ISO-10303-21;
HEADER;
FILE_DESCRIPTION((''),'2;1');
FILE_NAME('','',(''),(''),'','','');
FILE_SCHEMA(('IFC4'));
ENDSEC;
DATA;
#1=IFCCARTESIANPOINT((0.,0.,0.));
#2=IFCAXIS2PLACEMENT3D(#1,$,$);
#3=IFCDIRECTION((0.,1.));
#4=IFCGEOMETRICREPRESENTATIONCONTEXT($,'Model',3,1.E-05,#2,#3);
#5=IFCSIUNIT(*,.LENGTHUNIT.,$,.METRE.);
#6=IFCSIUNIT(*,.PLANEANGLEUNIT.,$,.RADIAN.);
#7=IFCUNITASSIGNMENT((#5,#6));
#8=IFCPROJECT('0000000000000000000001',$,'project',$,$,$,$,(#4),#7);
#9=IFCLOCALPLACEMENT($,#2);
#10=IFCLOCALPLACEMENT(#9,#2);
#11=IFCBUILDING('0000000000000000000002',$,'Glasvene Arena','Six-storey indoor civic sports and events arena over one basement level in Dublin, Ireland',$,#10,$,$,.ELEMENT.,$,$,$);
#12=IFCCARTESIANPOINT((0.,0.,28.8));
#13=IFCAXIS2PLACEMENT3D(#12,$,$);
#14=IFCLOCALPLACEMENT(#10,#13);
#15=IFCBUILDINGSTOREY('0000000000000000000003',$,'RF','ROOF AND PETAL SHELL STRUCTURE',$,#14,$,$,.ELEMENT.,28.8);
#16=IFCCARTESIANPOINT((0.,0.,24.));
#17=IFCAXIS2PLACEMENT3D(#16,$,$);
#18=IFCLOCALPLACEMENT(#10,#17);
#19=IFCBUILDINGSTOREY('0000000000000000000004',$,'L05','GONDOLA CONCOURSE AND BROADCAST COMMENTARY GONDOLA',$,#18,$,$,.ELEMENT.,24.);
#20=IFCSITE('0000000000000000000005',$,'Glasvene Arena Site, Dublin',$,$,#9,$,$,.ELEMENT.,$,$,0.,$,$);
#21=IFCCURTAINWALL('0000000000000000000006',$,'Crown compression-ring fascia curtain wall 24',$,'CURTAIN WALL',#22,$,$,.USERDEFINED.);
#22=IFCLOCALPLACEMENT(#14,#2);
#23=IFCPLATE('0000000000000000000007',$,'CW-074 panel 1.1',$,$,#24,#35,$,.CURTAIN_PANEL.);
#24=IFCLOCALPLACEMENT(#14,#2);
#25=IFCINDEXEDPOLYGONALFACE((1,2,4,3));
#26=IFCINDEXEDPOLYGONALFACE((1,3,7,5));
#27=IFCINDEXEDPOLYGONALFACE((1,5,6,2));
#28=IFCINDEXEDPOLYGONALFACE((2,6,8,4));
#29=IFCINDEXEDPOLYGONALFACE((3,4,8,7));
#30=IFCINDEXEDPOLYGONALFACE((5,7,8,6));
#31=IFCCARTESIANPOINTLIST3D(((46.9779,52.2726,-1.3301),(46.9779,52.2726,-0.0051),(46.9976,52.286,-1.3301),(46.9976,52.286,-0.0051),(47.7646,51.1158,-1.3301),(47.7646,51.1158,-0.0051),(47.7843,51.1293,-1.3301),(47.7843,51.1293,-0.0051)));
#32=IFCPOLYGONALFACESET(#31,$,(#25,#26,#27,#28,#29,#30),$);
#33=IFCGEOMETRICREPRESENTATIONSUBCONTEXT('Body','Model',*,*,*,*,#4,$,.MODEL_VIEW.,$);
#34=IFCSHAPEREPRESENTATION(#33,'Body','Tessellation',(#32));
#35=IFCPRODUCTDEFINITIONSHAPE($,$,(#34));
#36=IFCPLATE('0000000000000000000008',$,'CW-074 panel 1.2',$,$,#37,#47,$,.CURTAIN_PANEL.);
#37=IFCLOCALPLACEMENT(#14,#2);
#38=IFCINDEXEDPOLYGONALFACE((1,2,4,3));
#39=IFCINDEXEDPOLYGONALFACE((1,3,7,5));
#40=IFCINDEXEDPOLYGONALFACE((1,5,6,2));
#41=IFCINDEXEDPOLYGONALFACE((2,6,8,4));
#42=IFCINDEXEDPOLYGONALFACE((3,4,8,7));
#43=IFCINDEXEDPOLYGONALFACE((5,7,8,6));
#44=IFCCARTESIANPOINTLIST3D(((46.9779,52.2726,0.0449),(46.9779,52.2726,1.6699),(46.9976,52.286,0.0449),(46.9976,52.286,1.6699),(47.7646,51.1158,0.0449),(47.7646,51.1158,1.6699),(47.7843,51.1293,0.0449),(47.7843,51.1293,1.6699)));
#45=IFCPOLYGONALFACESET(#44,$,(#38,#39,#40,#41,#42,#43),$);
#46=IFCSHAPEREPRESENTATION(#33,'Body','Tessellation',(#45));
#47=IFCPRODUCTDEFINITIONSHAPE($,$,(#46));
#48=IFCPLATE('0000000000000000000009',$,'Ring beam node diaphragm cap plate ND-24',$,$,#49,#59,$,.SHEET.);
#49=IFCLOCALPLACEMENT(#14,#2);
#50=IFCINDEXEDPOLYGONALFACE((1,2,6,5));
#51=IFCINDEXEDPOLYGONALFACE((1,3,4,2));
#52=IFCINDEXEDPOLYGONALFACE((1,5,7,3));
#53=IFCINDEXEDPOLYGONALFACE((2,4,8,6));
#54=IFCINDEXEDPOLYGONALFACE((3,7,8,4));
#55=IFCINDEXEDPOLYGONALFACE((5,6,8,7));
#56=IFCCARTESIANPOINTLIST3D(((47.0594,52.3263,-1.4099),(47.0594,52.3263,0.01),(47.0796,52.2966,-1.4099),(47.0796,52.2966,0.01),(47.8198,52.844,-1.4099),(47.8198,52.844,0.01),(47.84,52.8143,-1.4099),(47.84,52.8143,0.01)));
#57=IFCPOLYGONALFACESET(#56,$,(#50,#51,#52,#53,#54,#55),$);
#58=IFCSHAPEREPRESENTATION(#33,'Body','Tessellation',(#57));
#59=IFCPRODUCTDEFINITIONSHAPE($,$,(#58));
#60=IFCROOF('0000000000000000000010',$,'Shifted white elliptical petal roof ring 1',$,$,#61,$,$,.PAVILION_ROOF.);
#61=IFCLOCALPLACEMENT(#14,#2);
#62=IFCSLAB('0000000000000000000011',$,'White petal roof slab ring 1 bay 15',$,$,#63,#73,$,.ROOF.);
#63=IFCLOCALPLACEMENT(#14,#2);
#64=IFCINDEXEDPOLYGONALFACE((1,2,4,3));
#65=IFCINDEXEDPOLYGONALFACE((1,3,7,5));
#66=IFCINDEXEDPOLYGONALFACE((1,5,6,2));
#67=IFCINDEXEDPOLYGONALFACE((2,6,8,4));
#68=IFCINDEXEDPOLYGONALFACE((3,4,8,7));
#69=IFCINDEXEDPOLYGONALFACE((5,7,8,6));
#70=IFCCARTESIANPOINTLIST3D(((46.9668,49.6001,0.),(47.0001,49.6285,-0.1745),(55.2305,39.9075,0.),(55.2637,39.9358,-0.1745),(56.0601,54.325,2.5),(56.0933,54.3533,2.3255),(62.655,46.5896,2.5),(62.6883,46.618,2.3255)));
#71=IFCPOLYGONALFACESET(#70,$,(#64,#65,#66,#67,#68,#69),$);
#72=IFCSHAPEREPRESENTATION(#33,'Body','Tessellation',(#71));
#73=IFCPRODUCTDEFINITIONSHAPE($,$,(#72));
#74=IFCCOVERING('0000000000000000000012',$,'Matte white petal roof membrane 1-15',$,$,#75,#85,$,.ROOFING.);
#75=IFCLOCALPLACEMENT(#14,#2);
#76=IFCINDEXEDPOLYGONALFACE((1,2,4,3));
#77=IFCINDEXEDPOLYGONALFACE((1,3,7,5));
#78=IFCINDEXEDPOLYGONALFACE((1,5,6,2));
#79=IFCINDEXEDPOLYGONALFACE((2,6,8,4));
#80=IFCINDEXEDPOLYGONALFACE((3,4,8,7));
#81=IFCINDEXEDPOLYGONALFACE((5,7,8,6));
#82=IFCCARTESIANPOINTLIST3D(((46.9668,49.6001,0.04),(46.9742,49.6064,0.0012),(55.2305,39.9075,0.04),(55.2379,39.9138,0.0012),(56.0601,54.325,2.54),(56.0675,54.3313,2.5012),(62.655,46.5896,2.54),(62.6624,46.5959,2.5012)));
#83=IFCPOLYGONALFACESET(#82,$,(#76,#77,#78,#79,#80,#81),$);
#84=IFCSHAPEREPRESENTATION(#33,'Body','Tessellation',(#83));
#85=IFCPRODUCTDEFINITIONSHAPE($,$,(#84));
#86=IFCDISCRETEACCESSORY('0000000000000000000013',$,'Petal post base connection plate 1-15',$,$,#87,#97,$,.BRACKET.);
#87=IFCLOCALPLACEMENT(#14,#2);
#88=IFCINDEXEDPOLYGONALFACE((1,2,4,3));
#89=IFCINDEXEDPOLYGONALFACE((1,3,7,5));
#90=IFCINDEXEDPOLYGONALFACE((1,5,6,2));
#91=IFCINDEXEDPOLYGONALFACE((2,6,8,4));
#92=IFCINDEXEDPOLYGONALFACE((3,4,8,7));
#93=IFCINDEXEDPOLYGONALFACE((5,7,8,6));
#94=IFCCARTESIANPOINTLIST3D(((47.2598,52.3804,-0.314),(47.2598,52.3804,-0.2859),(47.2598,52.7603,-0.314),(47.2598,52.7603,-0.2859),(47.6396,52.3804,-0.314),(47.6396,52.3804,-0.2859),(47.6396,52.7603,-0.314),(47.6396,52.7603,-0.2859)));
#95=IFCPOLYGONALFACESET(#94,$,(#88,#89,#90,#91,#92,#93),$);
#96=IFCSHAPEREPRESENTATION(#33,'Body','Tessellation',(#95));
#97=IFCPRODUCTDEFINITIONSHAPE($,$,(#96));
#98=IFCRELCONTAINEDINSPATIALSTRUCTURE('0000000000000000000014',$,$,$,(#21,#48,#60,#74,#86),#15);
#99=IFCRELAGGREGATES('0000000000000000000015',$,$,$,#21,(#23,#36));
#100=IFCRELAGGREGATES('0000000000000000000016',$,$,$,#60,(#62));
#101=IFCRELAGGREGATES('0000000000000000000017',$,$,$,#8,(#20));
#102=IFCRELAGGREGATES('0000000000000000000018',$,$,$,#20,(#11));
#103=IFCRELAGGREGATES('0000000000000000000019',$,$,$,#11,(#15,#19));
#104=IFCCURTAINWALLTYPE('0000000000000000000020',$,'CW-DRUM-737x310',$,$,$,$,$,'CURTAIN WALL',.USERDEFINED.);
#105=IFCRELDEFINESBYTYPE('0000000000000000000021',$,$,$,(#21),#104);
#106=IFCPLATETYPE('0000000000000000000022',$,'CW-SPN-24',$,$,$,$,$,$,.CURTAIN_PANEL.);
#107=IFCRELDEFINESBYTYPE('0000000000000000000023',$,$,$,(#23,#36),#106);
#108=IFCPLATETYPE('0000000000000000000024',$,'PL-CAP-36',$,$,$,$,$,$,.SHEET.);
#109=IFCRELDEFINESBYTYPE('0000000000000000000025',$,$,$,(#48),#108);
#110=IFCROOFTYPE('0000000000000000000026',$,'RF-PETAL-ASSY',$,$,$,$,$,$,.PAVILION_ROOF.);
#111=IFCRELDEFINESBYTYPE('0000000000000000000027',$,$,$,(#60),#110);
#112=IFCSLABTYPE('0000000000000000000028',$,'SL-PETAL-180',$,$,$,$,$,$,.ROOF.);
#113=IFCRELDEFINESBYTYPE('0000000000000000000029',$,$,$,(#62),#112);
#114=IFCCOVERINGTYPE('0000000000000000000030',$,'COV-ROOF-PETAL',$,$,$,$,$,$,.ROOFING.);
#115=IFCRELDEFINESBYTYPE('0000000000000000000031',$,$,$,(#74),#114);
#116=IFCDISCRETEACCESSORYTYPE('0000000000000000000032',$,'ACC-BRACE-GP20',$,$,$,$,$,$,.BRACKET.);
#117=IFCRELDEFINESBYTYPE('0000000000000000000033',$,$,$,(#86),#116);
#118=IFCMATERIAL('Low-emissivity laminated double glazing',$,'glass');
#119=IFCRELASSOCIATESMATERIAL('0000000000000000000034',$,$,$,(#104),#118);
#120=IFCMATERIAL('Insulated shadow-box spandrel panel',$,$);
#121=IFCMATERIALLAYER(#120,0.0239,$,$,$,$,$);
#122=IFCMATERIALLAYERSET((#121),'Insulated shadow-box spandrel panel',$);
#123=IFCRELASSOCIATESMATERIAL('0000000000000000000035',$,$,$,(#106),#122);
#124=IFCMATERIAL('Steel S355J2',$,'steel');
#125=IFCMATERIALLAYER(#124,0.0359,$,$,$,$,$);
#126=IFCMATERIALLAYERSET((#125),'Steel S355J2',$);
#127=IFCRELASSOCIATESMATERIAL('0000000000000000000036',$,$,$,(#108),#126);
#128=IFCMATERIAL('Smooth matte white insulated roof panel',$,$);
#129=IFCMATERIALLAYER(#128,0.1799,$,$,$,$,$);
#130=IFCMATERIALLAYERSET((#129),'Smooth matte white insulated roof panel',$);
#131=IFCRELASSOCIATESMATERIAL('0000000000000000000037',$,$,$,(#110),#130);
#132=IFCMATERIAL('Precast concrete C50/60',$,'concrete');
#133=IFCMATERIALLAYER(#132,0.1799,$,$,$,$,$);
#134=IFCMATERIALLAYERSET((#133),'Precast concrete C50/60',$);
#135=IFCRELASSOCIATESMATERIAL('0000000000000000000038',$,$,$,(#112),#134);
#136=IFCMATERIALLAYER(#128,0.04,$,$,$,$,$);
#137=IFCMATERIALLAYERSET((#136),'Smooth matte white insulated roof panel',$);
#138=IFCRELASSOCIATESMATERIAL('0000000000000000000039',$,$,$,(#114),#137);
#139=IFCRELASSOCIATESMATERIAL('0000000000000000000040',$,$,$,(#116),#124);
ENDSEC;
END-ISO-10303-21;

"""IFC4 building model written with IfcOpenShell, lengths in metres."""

from ifc_helpers import new_model, si_unit, direction, frame, origin, origin_2d, place, context, subcontext, project, spatial, polyline, rectangle, outline, extrude, material, layer, layer_set, type_object, element, aggregate, save


model = new_model("IFC4")

# Units and contexts
model_context = context("Model", 3, precision=1e-05, world=origin(), true_north=direction((0.0, 1.0)))
body_context = subcontext(model_context, "Body", "Model", "MODEL_VIEW")
ifc_project = project(units=[si_unit("LENGTHUNIT", "METRE"), si_unit("PLANEANGLEUNIT", "RADIAN")], contexts=[model_context])

# Site, building, storey
site_placement = place(None, origin())
site = spatial("IfcSite", under=ifc_project, at=site_placement, Name="Glasvene Arena Site, Dublin", CompositionType="ELEMENT", RefElevation=0.0)
building_placement = place(site_placement, origin())
building = spatial("IfcBuilding", under=site, at=building_placement, Name="Glasvene Arena", Description="Six-storey indoor civic sports and events arena over one basement level in Dublin, Ireland", CompositionType="ELEMENT")
storey_1_placement = place(building_placement, frame((0.0, 0.0, 28.8)))
storey_1 = spatial("IfcBuildingStorey", under=building, at=storey_1_placement, Name="RF", Description="ROOF AND PETAL SHELL STRUCTURE", CompositionType="ELEMENT", Elevation=28.8)

# Shared definitions
ifc_material_1 = material(Name="Steel S355J2", Category="steel")

# Curtain wall
ifc_material_2 = material(Name="Low-emissivity laminated double glazing", Category="glass")
curtain_wall_type_1 = type_object("IfcCurtainWallType", Name="CW-DRUM-737x310", ElementType="CURTAIN WALL", PredefinedType="USERDEFINED", material=ifc_material_2)
curtain_wall_1_placement = place(storey_1_placement, frame((46.9597, 52.3208, 0.0)))
curtain_wall_1 = element("IfcCurtainWall", 1, at=curtain_wall_1_placement, inside=storey_1, type_object=curtain_wall_type_1, Name="Crown compression-ring fascia curtain wall 24", ObjectType="CURTAIN WALL", PredefinedType="USERDEFINED")

# Plates
ifc_material_3 = material(Name="Insulated shadow-box spandrel panel")
ifc_layer_1 = layer(ifc_material_3, 0.0239)
ifc_layer_set_1 = layer_set([ifc_layer_1], Name="Insulated shadow-box spandrel panel")
plate_type_1 = type_object("IfcPlateType", Name="CW-SPN-24", PredefinedType="CURTAIN_PANEL", material=ifc_layer_set_1)
plate_1_placement = place(storey_1_placement, frame((47.3811, 51.7009, -1.3301), z_axis=(0.0, 0.0, 1.0), x_axis=(0.562354, -0.826896, 0.0)))
plate_1 = element("IfcPlate", 2, at=plate_1_placement, type_object=plate_type_1, Name="CW-074 panel 1.1", PredefinedType="CURTAIN_PANEL", context=body_context, shape_type="SweptSolid", body=[
    extrude(rectangle(XDim=1.3989, YDim=0.0239, at=origin_2d()), origin(), (0.0, 0.0, 1.0), 1.325),
])
plate_2_placement = place(storey_1_placement, frame((47.3811, 51.7009, 0.0449), z_axis=(0.0, 0.0, 1.0), x_axis=(0.562354, -0.826896, 0.0)))
plate_2 = element("IfcPlate", 3, at=plate_2_placement, type_object=plate_type_1, Name="CW-074 panel 1.2", PredefinedType="CURTAIN_PANEL", context=body_context, shape_type="SweptSolid", body=[
    extrude(rectangle(XDim=1.3989, YDim=0.0239, at=origin_2d()), origin(), (0.0, 0.0, 1.0), 1.625),
])
aggregate(curtain_wall_1, [plate_1, plate_2])
ifc_layer_2 = layer(ifc_material_1, 0.0359)
ifc_layer_set_2 = layer_set([ifc_layer_2], Name="Steel S355J2")
plate_type_2 = type_object("IfcPlateType", Name="PL-CAP-36", PredefinedType="SHEET", material=ifc_layer_set_2)
plate_3_placement = place(storey_1_placement, frame((47.4497, 52.5703, -1.4099), z_axis=(0.0, 0.0, 1.0), x_axis=(0.562805, -0.82659, 0.0)))
element("IfcPlate", 4, at=plate_3_placement, inside=storey_1, type_object=plate_type_2, Name="Ring beam node diaphragm cap plate ND-24", PredefinedType="SHEET", context=body_context, shape_type="SweptSolid", body=[
    extrude(rectangle(XDim=0.0359, YDim=0.9199, at=origin_2d()), origin(), (0.0, 0.0, 1.0), 1.4199),
])

# Roof, slab
ifc_material_4 = material(Name="Smooth matte white insulated roof panel")
ifc_layer_3 = layer(ifc_material_4, 0.1799)
ifc_layer_set_3 = layer_set([ifc_layer_3], Name="Smooth matte white insulated roof panel")
roof_type = type_object("IfcRoofType", Name="RF-PETAL-ASSY", PredefinedType="PAVILION_ROOF", material=ifc_layer_set_3)
roof_placement = place(storey_1_placement, frame((92.0, 73.0, 0.0)))
roof = element("IfcRoof", 5, at=roof_placement, inside=storey_1, type_object=roof_type, Name="Shifted white elliptical petal roof ring 1", PredefinedType="PAVILION_ROOF")
ifc_material_5 = material(Name="Precast concrete C50/60", Category="concrete")
ifc_layer_4 = layer(ifc_material_5, 0.1799)
ifc_layer_set_4 = layer_set([ifc_layer_4], Name="Precast concrete C50/60")
slab_type = type_object("IfcSlabType", Name="SL-PETAL-180", PredefinedType="ROOF", material=ifc_layer_set_4)
slab_1_placement = place(storey_1_placement, frame((46.9668, 49.6001, 0.0), z_axis=(-0.184821, -0.157574, 0.970058), x_axis=(0.648784, -0.760972, 0.0)))
slab_1 = element("IfcSlab", 6, at=slab_1_placement, type_object=slab_type, Name="White petal roof slab ring 1 bay 15", PredefinedType="ROOF", context=body_context, shape_type="SweptSolid", body=[
    extrude(outline(polyline([(0.0, 0.0), (12.7372, 0.0), (12.4692, 10.2934), (2.3041, 10.2933), (0.0, 0.0)])), origin(), (0.0, 0.0, -1.0), 0.1799),
])
aggregate(roof, [slab_1])

# Shared definitions
storey_2_placement = place(building_placement, frame((0.0, 0.0, 24.0)))
storey_2 = spatial("IfcBuildingStorey", under=building, at=storey_2_placement, Name="L05", Description="GONDOLA CONCOURSE AND BROADCAST COMMENTARY GONDOLA", CompositionType="ELEMENT", Elevation=24.0)

# Covering
ifc_layer_5 = layer(ifc_material_4, 0.04)
ifc_layer_set_5 = layer_set([ifc_layer_5], Name="Smooth matte white insulated roof panel")
covering_type = type_object("IfcCoveringType", Name="COV-ROOF-PETAL", PredefinedType="ROOFING", material=ifc_layer_set_5)
covering_placement = place(storey_1_placement, frame((46.9668, 49.6001, 0.04), z_axis=(-0.184821, -0.157574, 0.970058), x_axis=(0.648784, -0.760972, 0.0)))
element("IfcCovering", 7, at=covering_placement, inside=storey_1, type_object=covering_type, Name="Matte white petal roof membrane 1-15", PredefinedType="ROOFING", context=body_context, shape_type="SweptSolid", body=[
    extrude(outline(polyline([(0.0, 0.0), (12.7372, 0.0), (12.4692, 10.2934), (2.3041, 10.2933), (0.0, 0.0)])), origin(), (0.0, 0.0, -1.0), 0.04),
])

# Discrete accessory
discrete_accessory_type = type_object("IfcDiscreteAccessoryType", Name="ACC-BRACE-GP20", PredefinedType="BRACKET", material=ifc_material_1)
discrete_accessory_placement = place(storey_1_placement, frame((47.4497, 52.5703, -0.314), z_axis=(0.0, 0.0, 1.0), x_axis=(1.0, 0.0, 0.0)))
element("IfcDiscreteAccessory", 8, at=discrete_accessory_placement, inside=storey_1, type_object=discrete_accessory_type, Name="Petal post base connection plate 1-15", PredefinedType="BRACKET", context=body_context, shape_type="SweptSolid", body=[
    extrude(rectangle(XDim=0.3799, YDim=0.3799, at=origin_2d()), origin(), (0.0, 0.0, 1.0), 0.0281),
])

save(model, "model.ifc")
